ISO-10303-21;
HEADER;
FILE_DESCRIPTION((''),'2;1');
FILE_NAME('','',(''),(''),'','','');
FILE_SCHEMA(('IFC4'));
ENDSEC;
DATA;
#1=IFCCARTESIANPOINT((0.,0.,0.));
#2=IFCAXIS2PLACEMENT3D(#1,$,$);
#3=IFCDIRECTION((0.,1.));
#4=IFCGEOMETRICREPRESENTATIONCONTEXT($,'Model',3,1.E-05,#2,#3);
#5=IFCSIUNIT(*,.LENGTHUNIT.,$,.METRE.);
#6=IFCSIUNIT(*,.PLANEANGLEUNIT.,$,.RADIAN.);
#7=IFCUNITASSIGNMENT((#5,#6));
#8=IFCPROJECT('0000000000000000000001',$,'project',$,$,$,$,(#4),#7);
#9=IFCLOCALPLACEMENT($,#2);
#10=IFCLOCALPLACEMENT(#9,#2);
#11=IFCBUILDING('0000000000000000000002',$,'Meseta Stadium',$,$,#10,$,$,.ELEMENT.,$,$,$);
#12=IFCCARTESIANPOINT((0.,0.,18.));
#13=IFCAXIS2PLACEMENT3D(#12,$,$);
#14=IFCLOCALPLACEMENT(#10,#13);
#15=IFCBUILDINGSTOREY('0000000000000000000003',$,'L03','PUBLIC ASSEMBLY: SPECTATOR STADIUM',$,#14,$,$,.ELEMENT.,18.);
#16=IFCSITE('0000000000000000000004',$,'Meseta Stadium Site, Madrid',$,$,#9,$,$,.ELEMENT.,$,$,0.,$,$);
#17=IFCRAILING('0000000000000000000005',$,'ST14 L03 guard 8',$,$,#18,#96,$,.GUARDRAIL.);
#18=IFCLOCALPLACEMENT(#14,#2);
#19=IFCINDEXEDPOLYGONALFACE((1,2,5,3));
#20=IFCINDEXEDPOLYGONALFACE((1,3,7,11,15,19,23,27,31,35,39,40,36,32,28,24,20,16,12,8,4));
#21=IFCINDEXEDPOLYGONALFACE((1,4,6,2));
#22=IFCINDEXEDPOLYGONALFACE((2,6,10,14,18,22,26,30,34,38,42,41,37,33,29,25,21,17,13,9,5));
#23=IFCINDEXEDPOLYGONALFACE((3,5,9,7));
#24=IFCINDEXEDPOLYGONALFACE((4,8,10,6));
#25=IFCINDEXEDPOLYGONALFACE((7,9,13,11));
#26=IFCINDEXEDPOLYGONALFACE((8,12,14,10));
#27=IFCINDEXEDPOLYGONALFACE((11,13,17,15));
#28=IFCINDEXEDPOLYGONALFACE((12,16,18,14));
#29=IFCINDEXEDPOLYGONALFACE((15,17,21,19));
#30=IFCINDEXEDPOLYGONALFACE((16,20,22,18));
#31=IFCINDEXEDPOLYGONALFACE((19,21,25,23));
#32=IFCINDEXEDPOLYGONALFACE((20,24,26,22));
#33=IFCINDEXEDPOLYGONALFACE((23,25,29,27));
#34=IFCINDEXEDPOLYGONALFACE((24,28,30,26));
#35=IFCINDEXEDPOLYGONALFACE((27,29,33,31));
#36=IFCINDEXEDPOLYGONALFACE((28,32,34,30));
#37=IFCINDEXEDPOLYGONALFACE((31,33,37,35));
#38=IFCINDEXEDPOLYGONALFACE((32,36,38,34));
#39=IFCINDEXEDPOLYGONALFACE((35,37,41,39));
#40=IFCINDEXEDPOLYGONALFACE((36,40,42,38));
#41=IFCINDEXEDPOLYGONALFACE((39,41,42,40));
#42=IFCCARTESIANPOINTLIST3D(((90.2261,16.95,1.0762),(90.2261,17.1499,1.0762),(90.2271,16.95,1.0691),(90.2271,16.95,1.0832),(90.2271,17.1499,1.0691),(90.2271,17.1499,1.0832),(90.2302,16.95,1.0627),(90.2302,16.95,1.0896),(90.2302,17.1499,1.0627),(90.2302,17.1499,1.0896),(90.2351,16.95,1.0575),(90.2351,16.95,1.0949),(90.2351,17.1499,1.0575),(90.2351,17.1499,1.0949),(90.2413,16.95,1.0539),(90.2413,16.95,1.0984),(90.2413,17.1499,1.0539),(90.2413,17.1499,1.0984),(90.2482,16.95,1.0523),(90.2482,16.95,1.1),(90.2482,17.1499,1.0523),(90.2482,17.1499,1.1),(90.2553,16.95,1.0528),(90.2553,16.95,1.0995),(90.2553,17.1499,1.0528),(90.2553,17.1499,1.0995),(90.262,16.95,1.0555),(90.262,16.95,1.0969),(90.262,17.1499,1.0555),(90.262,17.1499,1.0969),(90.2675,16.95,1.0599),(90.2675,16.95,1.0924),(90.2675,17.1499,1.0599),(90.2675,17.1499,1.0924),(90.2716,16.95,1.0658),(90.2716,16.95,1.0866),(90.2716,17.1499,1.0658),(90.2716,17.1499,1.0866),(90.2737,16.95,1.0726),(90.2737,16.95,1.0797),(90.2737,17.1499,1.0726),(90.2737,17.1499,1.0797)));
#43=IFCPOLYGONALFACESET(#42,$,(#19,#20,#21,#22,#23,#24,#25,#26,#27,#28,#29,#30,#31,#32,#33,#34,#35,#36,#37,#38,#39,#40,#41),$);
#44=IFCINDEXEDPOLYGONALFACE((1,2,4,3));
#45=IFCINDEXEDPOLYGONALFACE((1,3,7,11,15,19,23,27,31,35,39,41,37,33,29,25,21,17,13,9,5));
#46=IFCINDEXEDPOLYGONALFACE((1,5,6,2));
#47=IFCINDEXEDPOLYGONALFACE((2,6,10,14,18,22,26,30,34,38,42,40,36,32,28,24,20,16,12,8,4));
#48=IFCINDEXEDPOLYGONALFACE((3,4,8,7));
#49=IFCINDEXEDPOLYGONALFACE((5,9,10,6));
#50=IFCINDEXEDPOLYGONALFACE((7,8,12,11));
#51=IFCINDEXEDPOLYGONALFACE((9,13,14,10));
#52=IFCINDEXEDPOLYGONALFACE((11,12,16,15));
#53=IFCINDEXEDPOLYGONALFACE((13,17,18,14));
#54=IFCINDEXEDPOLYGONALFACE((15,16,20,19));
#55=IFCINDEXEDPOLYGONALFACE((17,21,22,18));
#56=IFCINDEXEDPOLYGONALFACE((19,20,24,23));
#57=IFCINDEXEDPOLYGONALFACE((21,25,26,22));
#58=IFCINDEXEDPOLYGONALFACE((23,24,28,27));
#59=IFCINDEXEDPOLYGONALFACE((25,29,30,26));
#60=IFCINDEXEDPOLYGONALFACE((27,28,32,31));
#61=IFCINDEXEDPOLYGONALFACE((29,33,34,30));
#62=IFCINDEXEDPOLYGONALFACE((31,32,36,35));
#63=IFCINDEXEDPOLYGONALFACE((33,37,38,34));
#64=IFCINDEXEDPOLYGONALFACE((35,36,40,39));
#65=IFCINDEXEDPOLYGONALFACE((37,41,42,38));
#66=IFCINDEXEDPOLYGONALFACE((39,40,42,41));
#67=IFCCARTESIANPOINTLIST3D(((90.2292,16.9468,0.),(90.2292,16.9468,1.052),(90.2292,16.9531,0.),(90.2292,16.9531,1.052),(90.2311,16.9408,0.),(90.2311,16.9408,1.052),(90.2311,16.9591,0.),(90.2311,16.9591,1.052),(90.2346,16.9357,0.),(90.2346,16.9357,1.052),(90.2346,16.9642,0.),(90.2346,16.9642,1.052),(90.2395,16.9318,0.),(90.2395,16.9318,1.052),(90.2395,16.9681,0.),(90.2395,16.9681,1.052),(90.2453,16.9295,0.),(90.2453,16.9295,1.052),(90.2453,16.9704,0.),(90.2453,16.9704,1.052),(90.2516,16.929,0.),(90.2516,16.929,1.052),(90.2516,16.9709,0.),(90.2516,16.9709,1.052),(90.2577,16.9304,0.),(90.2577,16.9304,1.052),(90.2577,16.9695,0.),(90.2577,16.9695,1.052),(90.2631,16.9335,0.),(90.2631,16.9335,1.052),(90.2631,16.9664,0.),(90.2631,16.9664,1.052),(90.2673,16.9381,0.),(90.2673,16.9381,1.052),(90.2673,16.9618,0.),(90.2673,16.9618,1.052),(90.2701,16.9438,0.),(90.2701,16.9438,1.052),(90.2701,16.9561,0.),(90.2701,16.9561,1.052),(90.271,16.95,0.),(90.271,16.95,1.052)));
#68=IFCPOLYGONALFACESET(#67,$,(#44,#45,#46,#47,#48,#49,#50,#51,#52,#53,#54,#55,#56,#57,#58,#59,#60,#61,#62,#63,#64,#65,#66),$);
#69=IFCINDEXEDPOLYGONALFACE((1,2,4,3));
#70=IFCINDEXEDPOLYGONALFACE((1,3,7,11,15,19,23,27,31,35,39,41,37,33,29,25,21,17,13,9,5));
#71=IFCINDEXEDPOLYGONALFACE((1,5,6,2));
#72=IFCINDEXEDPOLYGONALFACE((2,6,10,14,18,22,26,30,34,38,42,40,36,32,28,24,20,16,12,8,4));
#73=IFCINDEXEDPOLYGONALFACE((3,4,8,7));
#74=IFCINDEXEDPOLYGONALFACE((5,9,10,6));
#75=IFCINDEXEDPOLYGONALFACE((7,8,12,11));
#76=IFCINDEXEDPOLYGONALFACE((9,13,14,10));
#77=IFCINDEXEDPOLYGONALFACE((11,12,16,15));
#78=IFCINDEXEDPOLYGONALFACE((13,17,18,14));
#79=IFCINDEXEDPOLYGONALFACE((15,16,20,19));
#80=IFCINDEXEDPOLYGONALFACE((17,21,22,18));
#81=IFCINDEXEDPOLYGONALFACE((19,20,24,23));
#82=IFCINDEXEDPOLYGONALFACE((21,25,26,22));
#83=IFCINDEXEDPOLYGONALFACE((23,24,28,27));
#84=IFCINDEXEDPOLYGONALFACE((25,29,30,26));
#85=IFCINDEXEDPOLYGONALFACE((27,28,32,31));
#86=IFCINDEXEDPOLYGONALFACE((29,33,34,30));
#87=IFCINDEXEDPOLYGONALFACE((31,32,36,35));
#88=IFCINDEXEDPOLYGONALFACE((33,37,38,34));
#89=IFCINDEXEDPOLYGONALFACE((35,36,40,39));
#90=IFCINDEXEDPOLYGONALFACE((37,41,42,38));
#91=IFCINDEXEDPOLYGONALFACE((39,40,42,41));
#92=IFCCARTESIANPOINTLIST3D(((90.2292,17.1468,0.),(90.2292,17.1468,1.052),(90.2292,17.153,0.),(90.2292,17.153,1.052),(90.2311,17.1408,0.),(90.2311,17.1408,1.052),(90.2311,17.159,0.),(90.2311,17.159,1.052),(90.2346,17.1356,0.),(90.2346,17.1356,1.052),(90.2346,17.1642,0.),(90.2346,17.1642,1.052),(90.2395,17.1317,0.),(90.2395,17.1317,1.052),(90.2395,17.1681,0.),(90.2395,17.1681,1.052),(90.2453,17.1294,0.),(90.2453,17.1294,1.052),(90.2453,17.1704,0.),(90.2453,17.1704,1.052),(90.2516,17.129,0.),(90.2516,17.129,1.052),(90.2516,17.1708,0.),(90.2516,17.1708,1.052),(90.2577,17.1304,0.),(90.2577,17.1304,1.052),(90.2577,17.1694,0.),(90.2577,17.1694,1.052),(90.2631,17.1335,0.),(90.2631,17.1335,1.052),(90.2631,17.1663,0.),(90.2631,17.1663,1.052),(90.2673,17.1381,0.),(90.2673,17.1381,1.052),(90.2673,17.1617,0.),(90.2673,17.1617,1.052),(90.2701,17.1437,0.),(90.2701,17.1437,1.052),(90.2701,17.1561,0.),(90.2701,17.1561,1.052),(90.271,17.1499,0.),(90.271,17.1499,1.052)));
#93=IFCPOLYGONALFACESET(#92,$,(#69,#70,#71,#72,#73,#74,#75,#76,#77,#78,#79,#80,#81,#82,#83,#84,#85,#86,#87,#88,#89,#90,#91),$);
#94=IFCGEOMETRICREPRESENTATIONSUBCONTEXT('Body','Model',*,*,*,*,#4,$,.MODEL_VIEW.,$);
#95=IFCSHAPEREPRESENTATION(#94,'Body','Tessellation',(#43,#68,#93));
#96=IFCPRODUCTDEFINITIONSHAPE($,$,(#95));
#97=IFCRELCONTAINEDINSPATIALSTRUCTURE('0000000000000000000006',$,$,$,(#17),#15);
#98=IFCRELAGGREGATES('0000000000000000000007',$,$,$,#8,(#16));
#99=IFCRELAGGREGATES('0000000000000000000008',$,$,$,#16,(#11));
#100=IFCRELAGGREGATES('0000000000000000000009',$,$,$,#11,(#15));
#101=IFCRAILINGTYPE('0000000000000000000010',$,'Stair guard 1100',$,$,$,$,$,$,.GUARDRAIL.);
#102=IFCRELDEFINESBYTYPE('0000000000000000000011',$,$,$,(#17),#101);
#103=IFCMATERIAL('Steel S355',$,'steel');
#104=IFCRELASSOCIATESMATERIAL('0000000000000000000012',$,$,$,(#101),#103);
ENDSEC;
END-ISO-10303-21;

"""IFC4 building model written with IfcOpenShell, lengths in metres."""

from ifc_helpers import new_model, si_unit, direction, frame, origin, origin_2d, place, context, subcontext, project, spatial, circle, extrude, material, type_object, element, save


model = new_model("IFC4")

# Units and contexts
model_context = context("Model", 3, precision=1e-05, world=origin(), true_north=direction((0.0, 1.0)))
body_context = subcontext(model_context, "Body", "Model", "MODEL_VIEW")
ifc_project = project(units=[si_unit("LENGTHUNIT", "METRE"), si_unit("PLANEANGLEUNIT", "RADIAN")], contexts=[model_context])

# Site, building, storey
site_placement = place(None, origin())
site = spatial("IfcSite", under=ifc_project, at=site_placement, Name="Meseta Stadium Site, Madrid", CompositionType="ELEMENT", RefElevation=0.0)
building_placement = place(site_placement, origin())
building = spatial("IfcBuilding", under=site, at=building_placement, Name="Meseta Stadium", CompositionType="ELEMENT")
storey_placement = place(building_placement, frame((0.0, 0.0, 18.0)))
storey = spatial("IfcBuildingStorey", under=building, at=storey_placement, Name="L03", Description="PUBLIC ASSEMBLY: SPECTATOR STADIUM", CompositionType="ELEMENT", Elevation=18.0)

# Railing
ifc_material_1 = material(Name="Steel S355", Category="steel")
railing_type_1 = type_object("IfcRailingType", Name="Stair guard 1100", PredefinedType="GUARDRAIL", material=ifc_material_1)
railing_1_placement = place(storey_placement, frame((90.25, 16.95, 0.0)))
element("IfcRailing", 1, at=railing_1_placement, inside=storey, type_object=railing_type_1, Name="ST14 L03 guard 8", PredefinedType="GUARDRAIL", context=body_context, shape_type="SweptSolid", body=[
    extrude(circle(Radius=0.0239, at=origin_2d()), frame((0.0, 0.0, 1.0762), z_axis=(0.0, 1.0, 0.0), x_axis=(-1.0, 0.0, 0.0)), (0.0, 0.0, 1.0), 0.2),
    extrude(circle(Radius=0.021, at=origin_2d()), origin(), (0.0, 0.0, 1.0), 1.052),
    extrude(circle(Radius=0.021, at=origin_2d()), frame((0.0, 0.2, 0.0)), (0.0, 0.0, 1.0), 1.052),
])

save(model, "model.ifc")
